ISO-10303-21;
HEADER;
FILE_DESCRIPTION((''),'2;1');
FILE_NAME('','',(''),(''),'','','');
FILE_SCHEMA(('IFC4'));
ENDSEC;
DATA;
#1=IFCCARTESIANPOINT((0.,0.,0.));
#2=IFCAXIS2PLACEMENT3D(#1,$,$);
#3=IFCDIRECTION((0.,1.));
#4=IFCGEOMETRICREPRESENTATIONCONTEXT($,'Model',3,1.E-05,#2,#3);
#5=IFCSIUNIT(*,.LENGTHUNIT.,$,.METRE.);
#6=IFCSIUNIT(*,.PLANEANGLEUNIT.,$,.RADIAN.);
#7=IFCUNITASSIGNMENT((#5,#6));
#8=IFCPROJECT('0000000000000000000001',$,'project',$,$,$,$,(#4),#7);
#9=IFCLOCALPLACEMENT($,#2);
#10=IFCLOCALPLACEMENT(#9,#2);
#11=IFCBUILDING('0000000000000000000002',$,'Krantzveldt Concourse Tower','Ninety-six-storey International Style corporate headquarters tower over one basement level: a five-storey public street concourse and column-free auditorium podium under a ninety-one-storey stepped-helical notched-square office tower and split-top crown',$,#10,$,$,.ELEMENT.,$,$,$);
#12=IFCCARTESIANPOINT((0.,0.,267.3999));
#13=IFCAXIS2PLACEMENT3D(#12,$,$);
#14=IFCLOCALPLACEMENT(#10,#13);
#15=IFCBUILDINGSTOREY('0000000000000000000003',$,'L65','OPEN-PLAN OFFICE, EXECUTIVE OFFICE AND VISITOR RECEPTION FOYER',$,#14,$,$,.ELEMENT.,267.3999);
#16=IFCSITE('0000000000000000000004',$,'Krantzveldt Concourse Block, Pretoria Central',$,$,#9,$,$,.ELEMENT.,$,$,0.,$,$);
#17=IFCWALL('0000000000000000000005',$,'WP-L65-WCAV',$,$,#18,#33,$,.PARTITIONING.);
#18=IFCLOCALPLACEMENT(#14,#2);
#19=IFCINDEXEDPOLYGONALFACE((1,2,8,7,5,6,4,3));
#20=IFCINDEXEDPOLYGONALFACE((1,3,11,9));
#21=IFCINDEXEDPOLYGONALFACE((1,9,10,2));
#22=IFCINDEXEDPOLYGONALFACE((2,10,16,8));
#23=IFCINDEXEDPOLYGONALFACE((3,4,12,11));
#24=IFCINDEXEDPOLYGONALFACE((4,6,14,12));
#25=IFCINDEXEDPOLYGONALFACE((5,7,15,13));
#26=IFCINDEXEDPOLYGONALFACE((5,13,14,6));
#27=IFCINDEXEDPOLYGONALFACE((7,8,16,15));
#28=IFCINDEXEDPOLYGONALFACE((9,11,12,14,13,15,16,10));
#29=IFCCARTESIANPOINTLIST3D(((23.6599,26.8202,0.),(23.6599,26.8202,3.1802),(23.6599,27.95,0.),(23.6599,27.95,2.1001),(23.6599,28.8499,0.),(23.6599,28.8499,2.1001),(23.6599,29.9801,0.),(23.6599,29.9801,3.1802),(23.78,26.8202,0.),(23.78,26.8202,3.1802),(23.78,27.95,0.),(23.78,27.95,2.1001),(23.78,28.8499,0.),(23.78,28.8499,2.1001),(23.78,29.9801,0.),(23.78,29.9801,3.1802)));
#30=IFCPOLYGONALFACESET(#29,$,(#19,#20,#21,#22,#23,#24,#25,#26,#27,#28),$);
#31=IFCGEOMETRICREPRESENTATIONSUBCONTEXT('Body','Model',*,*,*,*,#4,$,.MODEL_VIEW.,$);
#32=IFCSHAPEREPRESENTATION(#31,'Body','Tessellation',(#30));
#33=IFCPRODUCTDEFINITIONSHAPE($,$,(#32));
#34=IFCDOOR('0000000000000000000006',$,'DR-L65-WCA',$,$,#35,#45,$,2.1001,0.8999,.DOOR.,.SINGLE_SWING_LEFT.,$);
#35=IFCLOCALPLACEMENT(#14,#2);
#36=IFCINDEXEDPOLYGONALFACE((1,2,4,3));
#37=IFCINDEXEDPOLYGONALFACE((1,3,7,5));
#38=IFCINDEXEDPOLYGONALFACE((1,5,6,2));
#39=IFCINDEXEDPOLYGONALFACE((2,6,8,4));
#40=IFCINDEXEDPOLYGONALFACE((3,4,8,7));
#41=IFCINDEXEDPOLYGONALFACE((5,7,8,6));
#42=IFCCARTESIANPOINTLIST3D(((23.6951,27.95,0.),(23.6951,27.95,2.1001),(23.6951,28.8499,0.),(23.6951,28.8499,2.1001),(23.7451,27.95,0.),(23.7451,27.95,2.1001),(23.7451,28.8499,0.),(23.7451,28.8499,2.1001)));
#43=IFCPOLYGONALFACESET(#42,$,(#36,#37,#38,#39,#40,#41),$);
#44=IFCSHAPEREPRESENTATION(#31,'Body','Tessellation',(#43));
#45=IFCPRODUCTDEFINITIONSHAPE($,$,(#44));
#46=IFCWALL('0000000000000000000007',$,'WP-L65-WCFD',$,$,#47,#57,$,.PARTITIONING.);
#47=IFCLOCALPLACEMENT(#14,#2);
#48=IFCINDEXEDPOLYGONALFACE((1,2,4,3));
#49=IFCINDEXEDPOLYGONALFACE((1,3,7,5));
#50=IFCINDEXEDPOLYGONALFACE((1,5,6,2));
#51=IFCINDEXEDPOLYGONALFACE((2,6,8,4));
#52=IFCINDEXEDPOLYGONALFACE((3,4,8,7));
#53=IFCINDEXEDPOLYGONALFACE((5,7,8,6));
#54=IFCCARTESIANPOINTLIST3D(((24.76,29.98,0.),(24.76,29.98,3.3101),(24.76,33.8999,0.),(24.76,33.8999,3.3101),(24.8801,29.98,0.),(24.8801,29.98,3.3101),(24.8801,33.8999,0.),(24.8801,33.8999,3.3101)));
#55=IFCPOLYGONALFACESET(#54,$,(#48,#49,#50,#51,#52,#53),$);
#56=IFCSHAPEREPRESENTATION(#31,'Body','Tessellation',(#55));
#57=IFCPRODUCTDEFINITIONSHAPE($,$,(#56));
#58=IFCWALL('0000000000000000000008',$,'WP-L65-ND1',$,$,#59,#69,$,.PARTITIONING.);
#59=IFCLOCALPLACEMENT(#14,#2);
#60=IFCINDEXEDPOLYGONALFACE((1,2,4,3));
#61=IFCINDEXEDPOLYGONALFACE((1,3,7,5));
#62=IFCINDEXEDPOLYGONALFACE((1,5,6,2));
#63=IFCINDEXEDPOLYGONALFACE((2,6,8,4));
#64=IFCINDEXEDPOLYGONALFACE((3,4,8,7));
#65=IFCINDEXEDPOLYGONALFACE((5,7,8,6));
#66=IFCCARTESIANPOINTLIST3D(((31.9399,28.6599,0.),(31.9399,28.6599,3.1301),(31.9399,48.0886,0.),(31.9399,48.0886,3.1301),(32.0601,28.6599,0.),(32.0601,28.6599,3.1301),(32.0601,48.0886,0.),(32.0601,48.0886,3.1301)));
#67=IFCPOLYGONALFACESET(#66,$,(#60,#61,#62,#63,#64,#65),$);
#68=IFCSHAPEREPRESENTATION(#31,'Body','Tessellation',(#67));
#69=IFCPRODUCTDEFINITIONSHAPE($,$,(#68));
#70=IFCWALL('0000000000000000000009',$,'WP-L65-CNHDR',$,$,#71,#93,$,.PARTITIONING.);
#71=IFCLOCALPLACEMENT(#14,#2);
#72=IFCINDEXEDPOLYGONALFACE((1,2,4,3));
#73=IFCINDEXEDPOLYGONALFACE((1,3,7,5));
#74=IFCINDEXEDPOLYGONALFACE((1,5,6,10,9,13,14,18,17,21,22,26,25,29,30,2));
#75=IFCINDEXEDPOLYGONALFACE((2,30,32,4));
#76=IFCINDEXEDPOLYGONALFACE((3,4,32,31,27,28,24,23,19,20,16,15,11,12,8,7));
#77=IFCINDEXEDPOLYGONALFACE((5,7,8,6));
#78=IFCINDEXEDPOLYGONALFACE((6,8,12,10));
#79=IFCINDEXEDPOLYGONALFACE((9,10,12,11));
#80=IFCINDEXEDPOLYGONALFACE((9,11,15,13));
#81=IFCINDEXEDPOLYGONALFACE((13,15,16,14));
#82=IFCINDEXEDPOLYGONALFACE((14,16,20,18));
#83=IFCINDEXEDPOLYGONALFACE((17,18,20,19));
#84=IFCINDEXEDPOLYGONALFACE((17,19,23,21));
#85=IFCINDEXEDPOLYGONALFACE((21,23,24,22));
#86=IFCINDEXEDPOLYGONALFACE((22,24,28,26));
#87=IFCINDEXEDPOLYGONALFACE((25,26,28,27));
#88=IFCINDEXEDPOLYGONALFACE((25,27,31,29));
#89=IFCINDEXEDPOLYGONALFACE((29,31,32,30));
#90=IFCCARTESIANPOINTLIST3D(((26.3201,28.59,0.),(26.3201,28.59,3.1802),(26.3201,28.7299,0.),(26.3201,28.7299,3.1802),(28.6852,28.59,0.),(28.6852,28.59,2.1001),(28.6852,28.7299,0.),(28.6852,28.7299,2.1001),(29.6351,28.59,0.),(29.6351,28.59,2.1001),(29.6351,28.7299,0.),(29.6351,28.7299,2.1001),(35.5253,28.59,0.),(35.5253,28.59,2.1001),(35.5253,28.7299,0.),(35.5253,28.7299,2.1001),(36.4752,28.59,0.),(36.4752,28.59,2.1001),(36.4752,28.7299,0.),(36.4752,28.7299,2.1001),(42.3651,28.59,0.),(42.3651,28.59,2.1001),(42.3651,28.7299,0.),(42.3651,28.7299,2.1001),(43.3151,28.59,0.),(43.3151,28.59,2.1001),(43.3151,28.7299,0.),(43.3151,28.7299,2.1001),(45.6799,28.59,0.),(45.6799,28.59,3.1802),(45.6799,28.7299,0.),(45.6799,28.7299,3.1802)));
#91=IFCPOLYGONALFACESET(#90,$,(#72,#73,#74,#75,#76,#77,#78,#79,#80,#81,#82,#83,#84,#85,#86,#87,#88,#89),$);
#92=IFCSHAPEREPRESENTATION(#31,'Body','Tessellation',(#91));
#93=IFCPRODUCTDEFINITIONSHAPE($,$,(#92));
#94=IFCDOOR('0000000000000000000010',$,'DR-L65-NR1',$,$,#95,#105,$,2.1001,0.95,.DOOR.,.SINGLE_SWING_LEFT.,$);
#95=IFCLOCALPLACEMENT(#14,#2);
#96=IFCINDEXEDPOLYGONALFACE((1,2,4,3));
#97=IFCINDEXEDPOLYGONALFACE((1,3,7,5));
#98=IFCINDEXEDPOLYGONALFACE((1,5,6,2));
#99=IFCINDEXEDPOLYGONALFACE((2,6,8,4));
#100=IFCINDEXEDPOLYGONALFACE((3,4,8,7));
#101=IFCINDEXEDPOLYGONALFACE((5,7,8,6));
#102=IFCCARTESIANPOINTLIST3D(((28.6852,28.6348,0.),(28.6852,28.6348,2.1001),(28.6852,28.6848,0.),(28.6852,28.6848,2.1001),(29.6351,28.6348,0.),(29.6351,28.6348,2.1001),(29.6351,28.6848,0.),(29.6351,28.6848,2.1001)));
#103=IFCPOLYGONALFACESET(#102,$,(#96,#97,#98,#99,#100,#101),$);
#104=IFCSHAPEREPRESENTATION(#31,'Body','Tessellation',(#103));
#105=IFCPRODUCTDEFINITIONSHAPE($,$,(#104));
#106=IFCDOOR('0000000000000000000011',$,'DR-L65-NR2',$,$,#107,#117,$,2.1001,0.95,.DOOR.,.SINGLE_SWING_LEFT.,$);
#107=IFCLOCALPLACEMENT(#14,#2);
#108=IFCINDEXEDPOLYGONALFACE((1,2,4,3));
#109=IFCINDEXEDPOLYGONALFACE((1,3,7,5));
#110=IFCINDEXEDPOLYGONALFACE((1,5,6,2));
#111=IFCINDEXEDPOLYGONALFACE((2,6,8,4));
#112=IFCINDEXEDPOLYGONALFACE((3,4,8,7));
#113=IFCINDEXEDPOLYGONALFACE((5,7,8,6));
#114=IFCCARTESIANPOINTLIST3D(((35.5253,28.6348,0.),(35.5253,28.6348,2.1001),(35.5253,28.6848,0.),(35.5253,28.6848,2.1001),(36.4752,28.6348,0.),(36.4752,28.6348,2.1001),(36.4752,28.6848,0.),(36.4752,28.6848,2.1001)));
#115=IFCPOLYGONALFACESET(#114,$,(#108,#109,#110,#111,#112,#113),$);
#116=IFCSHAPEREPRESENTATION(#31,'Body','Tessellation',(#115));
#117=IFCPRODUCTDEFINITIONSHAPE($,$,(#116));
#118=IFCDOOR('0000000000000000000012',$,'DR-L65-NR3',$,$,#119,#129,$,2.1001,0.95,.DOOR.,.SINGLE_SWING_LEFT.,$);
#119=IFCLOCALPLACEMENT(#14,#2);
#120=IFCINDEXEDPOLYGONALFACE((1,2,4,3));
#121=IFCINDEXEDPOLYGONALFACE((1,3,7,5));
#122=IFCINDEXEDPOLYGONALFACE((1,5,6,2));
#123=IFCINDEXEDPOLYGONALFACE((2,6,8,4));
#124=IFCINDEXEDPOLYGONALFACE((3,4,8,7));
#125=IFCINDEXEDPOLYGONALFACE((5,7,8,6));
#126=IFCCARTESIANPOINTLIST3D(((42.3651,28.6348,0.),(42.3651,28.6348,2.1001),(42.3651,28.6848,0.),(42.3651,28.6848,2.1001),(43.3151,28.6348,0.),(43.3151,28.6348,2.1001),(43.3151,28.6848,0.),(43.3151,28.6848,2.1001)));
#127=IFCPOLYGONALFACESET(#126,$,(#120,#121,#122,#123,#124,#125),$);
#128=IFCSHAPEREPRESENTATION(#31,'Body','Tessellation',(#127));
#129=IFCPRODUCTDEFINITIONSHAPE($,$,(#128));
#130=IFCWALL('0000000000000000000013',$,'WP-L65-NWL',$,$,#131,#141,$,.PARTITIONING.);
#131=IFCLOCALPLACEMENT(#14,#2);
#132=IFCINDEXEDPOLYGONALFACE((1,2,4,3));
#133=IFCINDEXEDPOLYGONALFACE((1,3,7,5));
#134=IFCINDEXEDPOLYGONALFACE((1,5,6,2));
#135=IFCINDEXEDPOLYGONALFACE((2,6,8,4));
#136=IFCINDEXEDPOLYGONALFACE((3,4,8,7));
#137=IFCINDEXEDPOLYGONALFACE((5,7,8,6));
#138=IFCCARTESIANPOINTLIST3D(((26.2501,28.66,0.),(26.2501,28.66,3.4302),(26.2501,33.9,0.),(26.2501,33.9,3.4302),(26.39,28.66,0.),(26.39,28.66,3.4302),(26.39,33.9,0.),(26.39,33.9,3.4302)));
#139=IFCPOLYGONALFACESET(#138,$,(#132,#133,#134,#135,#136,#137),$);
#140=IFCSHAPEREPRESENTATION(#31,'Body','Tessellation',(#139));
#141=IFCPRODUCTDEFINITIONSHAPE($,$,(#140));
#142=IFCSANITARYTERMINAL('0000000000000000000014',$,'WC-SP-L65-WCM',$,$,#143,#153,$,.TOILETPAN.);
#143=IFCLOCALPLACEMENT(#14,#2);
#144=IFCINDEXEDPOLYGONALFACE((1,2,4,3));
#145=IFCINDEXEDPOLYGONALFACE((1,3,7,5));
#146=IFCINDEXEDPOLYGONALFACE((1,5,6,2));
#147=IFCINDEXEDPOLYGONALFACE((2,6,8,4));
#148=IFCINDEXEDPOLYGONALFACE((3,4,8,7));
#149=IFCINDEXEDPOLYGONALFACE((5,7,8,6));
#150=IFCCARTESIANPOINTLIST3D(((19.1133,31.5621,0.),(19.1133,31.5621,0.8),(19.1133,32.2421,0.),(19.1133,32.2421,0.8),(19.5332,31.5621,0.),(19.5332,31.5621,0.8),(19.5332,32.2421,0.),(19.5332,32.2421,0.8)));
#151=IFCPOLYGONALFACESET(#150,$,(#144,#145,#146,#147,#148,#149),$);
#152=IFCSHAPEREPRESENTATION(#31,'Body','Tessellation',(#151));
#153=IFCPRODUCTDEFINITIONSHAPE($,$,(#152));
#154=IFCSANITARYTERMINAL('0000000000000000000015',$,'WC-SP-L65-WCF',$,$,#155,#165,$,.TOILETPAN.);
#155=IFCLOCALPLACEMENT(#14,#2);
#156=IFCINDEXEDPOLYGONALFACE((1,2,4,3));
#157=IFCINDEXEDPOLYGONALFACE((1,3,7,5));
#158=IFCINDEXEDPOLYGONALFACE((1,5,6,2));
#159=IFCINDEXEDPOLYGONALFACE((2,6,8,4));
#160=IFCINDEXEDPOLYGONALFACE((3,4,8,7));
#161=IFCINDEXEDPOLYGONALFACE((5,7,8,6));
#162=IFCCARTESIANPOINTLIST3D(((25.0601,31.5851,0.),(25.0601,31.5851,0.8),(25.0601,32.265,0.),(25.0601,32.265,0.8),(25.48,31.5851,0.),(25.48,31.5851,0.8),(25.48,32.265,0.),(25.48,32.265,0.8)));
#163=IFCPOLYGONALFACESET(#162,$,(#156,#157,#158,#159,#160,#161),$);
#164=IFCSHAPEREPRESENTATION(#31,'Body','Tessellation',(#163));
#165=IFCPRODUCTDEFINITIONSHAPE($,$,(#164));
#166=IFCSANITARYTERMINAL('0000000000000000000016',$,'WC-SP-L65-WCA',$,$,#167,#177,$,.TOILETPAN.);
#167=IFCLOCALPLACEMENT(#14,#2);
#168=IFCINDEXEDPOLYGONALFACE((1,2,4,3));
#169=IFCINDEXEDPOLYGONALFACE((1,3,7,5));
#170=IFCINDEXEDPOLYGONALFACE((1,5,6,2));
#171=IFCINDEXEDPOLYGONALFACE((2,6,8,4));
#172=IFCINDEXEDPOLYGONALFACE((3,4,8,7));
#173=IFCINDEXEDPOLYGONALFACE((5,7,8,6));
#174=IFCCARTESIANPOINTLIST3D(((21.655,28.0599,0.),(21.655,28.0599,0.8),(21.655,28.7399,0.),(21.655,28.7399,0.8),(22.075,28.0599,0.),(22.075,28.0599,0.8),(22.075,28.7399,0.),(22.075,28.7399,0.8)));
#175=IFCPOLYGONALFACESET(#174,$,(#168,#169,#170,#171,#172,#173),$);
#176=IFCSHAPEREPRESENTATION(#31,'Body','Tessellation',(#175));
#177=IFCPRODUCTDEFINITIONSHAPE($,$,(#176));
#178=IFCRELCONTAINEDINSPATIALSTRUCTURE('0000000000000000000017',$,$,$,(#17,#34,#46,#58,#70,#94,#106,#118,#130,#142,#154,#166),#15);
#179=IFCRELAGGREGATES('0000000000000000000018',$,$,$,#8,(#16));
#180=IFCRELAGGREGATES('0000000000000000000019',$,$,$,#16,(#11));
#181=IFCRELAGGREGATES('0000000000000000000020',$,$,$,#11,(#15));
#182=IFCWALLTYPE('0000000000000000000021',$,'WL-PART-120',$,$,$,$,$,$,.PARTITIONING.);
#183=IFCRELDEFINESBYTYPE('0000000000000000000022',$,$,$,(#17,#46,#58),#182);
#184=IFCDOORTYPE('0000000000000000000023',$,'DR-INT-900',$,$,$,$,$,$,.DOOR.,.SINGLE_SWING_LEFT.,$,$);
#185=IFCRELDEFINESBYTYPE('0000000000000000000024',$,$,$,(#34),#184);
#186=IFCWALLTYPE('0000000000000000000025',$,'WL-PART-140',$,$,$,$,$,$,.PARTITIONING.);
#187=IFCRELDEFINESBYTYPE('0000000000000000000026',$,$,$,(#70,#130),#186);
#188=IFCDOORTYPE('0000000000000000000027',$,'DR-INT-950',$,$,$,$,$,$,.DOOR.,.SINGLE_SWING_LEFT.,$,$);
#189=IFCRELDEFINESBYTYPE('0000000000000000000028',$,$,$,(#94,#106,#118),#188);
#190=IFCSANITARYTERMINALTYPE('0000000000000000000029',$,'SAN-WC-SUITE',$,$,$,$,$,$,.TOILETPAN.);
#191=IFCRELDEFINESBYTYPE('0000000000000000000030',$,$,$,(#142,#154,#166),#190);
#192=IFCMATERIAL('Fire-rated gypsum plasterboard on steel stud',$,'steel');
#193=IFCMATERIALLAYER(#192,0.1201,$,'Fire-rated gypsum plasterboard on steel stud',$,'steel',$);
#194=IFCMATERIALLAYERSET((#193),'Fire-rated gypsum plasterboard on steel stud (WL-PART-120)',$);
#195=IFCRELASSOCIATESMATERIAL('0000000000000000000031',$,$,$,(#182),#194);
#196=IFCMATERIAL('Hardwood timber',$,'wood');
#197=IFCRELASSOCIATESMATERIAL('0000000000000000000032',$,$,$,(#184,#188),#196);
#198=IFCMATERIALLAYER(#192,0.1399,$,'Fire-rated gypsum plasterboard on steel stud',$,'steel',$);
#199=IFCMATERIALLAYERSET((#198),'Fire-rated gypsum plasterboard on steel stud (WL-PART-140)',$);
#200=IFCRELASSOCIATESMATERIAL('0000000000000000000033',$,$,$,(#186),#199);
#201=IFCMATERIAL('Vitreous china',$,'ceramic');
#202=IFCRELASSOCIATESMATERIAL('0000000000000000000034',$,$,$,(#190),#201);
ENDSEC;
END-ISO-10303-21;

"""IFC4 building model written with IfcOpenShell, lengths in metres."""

from ifc_helpers import new_model, si_unit, direction, frame, frame_2d, origin, origin_2d, place, context, subcontext, project, spatial, rectangle, extrude, source, transform, mapped, material, layer, layer_set, type_object, type_shapes, element, fill, save


model = new_model("IFC4")

# Units and contexts
model_context = context("Model", 3, precision=1e-05, world=origin(), true_north=direction((0.0, 1.0)))
body_context = subcontext(model_context, "Body", "Model", "MODEL_VIEW")
ifc_project = project(units=[si_unit("LENGTHUNIT", "METRE"), si_unit("PLANEANGLEUNIT", "RADIAN")], contexts=[model_context])

# Site, building, storey
site_placement = place(None, origin())
site = spatial("IfcSite", under=ifc_project, at=site_placement, Name="Krantzveldt Concourse Block, Pretoria Central", CompositionType="ELEMENT", RefElevation=0.0)
building_placement = place(site_placement, origin())
building = spatial("IfcBuilding", under=site, at=building_placement, Name="Krantzveldt Concourse Tower", Description="Ninety-six-storey International Style corporate headquarters tower over one basement level: a five-storey public street concourse and column-free auditorium podium under a ninety-one-storey stepped-helical notched-square office tower and split-top crown", CompositionType="ELEMENT")
storey_placement = place(building_placement, frame((0.0, 0.0, 267.3999)))
storey = spatial("IfcBuildingStorey", under=building, at=storey_placement, Name="L65", Description="OPEN-PLAN OFFICE, EXECUTIVE OFFICE AND VISITOR RECEPTION FOYER", CompositionType="ELEMENT", Elevation=267.3999)

# Shared definitions
ifc_material_1 = material(Name="Fire-rated gypsum plasterboard on steel stud", Category="steel")
ifc_layer_1 = layer(ifc_material_1, 0.1201, Name="Fire-rated gypsum plasterboard on steel stud", Category="steel")
ifc_layer_set_1 = layer_set([ifc_layer_1], Name="Fire-rated gypsum plasterboard on steel stud (WL-PART-120)")
wall_type_1 = type_object("IfcWallType", Name="WL-PART-120", PredefinedType="PARTITIONING", material=ifc_layer_set_1)

# Shared definitions
ifc_material_2 = material(Name="Hardwood timber", Category="wood")

# Wall, opening, door
wall_1_placement = place(storey_placement, frame((23.72, 26.8201, 0.0), z_axis=(0.0, 0.0, 1.0), x_axis=(0.0, 1.0, 0.0)))
wall_1 = element("IfcWall", 1, at=wall_1_placement, inside=storey, type_object=wall_type_1, Name="WP-L65-WCAV", PredefinedType="PARTITIONING", context=body_context, shape_type="SweptSolid", body=[
    extrude(rectangle(XDim=3.1599, YDim=0.1201, at=frame_2d((1.5801, 0.0))), origin(), (0.0, 0.0, 1.0), 3.1802),
])
opening_1_placement = place(wall_1_placement, frame((1.1299, 0.0, 0.0)))
opening_1 = element("IfcOpeningElement", 2, at=opening_1_placement, cuts=wall_1, PredefinedType="OPENING", context=body_context, shape_type="SweptSolid", body=[
    extrude(rectangle(XDim=0.8999, YDim=2.1001, at=frame_2d((0.45, 1.05))), frame((0.0, 0.0701, 0.0), z_axis=(0.0, -1.0, 0.0), x_axis=(1.0, 0.0, 0.0)), (0.0, 0.0, 1.0), 0.1401),
])
door_type_1 = type_object("IfcDoorType", Name="DR-INT-900", OperationType="SINGLE_SWING_LEFT", PredefinedType="DOOR", material=ifc_material_2)
door_1_placement = place(opening_1_placement, origin())
door_1 = element("IfcDoor", 3, at=door_1_placement, inside=storey, type_object=door_type_1, Name="DR-L65-WCA", OperationType="SINGLE_SWING_LEFT", OverallHeight=2.1001, OverallWidth=0.8999, PredefinedType="DOOR", context=body_context, shape_type="SweptSolid", body=[
    extrude(rectangle(XDim=0.8999, YDim=2.1001, at=frame_2d((0.45, 1.05))), frame((0.0, 0.0249, 0.0), z_axis=(0.0, -1.0, 0.0), x_axis=(1.0, 0.0, 0.0)), (0.0, 0.0, 1.0), 0.05),
])
fill(opening_1, door_1)

# Walls
wall_2_placement = place(storey_placement, frame((24.8201, 29.98, 0.0), z_axis=(0.0, 0.0, 1.0), x_axis=(0.0, 1.0, 0.0)))
element("IfcWall", 4, at=wall_2_placement, inside=storey, type_object=wall_type_1, Name="WP-L65-WCFD", PredefinedType="PARTITIONING", context=body_context, shape_type="SweptSolid", body=[
    extrude(rectangle(XDim=3.9199, YDim=0.1201, at=frame_2d((1.96, 0.0))), origin(), (0.0, 0.0, 1.0), 3.3101),
])
wall_3_placement = place(storey_placement, frame((32.0, 28.6599, 0.0), z_axis=(0.0, 0.0, 1.0), x_axis=(0.0, 1.0, 0.0)))
element("IfcWall", 5, at=wall_3_placement, inside=storey, type_object=wall_type_1, Name="WP-L65-ND1", PredefinedType="PARTITIONING", context=body_context, shape_type="SweptSolid", body=[
    extrude(rectangle(XDim=19.4287, YDim=0.1201, at=frame_2d((9.7144, 0.0))), origin(), (0.0, 0.0, 1.0), 3.1301),
])

# Wall, openings, doors
ifc_layer_2 = layer(ifc_material_1, 0.1399, Name="Fire-rated gypsum plasterboard on steel stud", Category="steel")
ifc_layer_set_2 = layer_set([ifc_layer_2], Name="Fire-rated gypsum plasterboard on steel stud (WL-PART-140)")
wall_type_2 = type_object("IfcWallType", Name="WL-PART-140", PredefinedType="PARTITIONING", material=ifc_layer_set_2)
wall_4_placement = place(storey_placement, frame((26.3201, 28.6599, 0.0), z_axis=(0.0, 0.0, 1.0), x_axis=(1.0, 0.0, 0.0)))
wall_4 = element("IfcWall", 6, at=wall_4_placement, inside=storey, type_object=wall_type_2, Name="WP-L65-CNHDR", PredefinedType="PARTITIONING", context=body_context, shape_type="SweptSolid", body=[
    extrude(rectangle(XDim=19.3599, YDim=0.1399, at=frame_2d((9.6799, 0.0))), origin(), (0.0, 0.0, 1.0), 3.1802),
])
opening_2_placement = place(wall_4_placement, frame((2.365, 0.0, 0.0)))
opening_2 = element("IfcOpeningElement", 7, at=opening_2_placement, cuts=wall_4, PredefinedType="OPENING", context=body_context, shape_type="SweptSolid", body=[
    extrude(rectangle(XDim=0.95, YDim=2.1001, at=frame_2d((0.4751, 1.05))), frame((0.0, 0.0801, 0.0), z_axis=(0.0, -1.0, 0.0), x_axis=(1.0, 0.0, 0.0)), (0.0, 0.0, 1.0), 0.1599),
])
opening_3_placement = place(wall_4_placement, frame((9.2051, 0.0, 0.0)))
opening_3 = element("IfcOpeningElement", 8, at=opening_3_placement, cuts=wall_4, PredefinedType="OPENING", context=body_context, shape_type="SweptSolid", body=[
    extrude(rectangle(XDim=0.95, YDim=2.1001, at=frame_2d((0.4751, 1.05))), frame((0.0, 0.0801, 0.0), z_axis=(0.0, -1.0, 0.0), x_axis=(1.0, 0.0, 0.0)), (0.0, 0.0, 1.0), 0.1599),
])
opening_4_placement = place(wall_4_placement, frame((16.0449, 0.0, 0.0)))
opening_4 = element("IfcOpeningElement", 9, at=opening_4_placement, cuts=wall_4, PredefinedType="OPENING", context=body_context, shape_type="SweptSolid", body=[
    extrude(rectangle(XDim=0.95, YDim=2.1001, at=frame_2d((0.4751, 1.05))), frame((0.0, 0.0801, 0.0), z_axis=(0.0, -1.0, 0.0), x_axis=(1.0, 0.0, 0.0)), (0.0, 0.0, 1.0), 0.1599),
])
door_type_2 = type_object("IfcDoorType", Name="DR-INT-950", OperationType="SINGLE_SWING_LEFT", PredefinedType="DOOR", material=ifc_material_2)
door_2_placement = place(opening_2_placement, origin())
door_2 = element("IfcDoor", 10, at=door_2_placement, inside=storey, type_object=door_type_2, Name="DR-L65-NR1", OperationType="SINGLE_SWING_LEFT", OverallHeight=2.1001, OverallWidth=0.95, PredefinedType="DOOR", context=body_context, shape_type="SweptSolid", body=[
    extrude(rectangle(XDim=0.95, YDim=2.1001, at=frame_2d((0.4751, 1.05))), frame((0.0, 0.0249, 0.0), z_axis=(0.0, -1.0, 0.0), x_axis=(1.0, 0.0, 0.0)), (0.0, 0.0, 1.0), 0.05),
])
fill(opening_2, door_2)
door_3_placement = place(opening_3_placement, origin())
door_3 = element("IfcDoor", 11, at=door_3_placement, inside=storey, type_object=door_type_2, Name="DR-L65-NR2", OperationType="SINGLE_SWING_LEFT", OverallHeight=2.1001, OverallWidth=0.95, PredefinedType="DOOR", context=body_context, shape_type="SweptSolid", body=[
    extrude(rectangle(XDim=0.95, YDim=2.1001, at=frame_2d((0.4751, 1.05))), frame((0.0, 0.0249, 0.0), z_axis=(0.0, -1.0, 0.0), x_axis=(1.0, 0.0, 0.0)), (0.0, 0.0, 1.0), 0.05),
])
fill(opening_3, door_3)
door_4_placement = place(opening_4_placement, origin())
door_4 = element("IfcDoor", 12, at=door_4_placement, inside=storey, type_object=door_type_2, Name="DR-L65-NR3", OperationType="SINGLE_SWING_LEFT", OverallHeight=2.1001, OverallWidth=0.95, PredefinedType="DOOR", context=body_context, shape_type="SweptSolid", body=[
    extrude(rectangle(XDim=0.95, YDim=2.1001, at=frame_2d((0.4751, 1.05))), frame((0.0, 0.0249, 0.0), z_axis=(0.0, -1.0, 0.0), x_axis=(1.0, 0.0, 0.0)), (0.0, 0.0, 1.0), 0.05),
])
fill(opening_4, door_4)

# Wall
wall_5_placement = place(storey_placement, frame((26.3201, 28.6599, 0.0), z_axis=(0.0, 0.0, 1.0), x_axis=(0.0, 1.0, 0.0)))
element("IfcWall", 13, at=wall_5_placement, inside=storey, type_object=wall_type_2, Name="WP-L65-NWL", PredefinedType="PARTITIONING", context=body_context, shape_type="SweptSolid", body=[
    extrude(rectangle(XDim=5.24, YDim=0.1399, at=frame_2d((2.6201, 0.0))), origin(), (0.0, 0.0, 1.0), 3.4302),
])

# Sanitary terminals
ifc_material_3 = material(Name="Vitreous china", Category="ceramic")
sanitary_terminal_type_1 = type_object("IfcSanitaryTerminalType", Name="SAN-WC-SUITE", PredefinedType="TOILETPAN", material=ifc_material_3)
shared_shape_1 = source(origin(), body_context, "Body", "SweptSolid", [
    extrude(rectangle(XDim=0.4199, YDim=0.6799, at=origin_2d()), origin(), (0.0, 0.0, 1.0), 0.8),
])
type_shapes(sanitary_terminal_type_1, [shared_shape_1])
for number, where, z_axis, x_axis, name in (
    (14, (19.3232, 31.9021, 0.0), (0.0, 0.0, 1.0), (1.0, 0.0, 0.0), "WC-SP-L65-WCM"),
    (15, (25.27, 31.925, 0.0), (0.0, 0.0, 1.0), (1.0, 0.0, 0.0), "WC-SP-L65-WCF"),
    (16, (21.865, 28.3999, 0.0), (0.0, 0.0, 1.0), (1.0, 0.0, 0.0), "WC-SP-L65-WCA"),
):
    element("IfcSanitaryTerminal", number, at=place(storey_placement, frame(where, z_axis=z_axis, x_axis=x_axis)), inside=storey, type_object=sanitary_terminal_type_1, Name=name, PredefinedType="TOILETPAN", context=body_context, shape_type="MappedRepresentation", body=[
        mapped(shared_shape_1, transform((0.0, 0.0, 0.0), x_axis=(1.0, 0.0, 0.0), y_axis=(0.0, 1.0, 0.0), z_axis=(0.0, 0.0, 1.0), scale=1.0)),
    ])

save(model, "model.ifc")
